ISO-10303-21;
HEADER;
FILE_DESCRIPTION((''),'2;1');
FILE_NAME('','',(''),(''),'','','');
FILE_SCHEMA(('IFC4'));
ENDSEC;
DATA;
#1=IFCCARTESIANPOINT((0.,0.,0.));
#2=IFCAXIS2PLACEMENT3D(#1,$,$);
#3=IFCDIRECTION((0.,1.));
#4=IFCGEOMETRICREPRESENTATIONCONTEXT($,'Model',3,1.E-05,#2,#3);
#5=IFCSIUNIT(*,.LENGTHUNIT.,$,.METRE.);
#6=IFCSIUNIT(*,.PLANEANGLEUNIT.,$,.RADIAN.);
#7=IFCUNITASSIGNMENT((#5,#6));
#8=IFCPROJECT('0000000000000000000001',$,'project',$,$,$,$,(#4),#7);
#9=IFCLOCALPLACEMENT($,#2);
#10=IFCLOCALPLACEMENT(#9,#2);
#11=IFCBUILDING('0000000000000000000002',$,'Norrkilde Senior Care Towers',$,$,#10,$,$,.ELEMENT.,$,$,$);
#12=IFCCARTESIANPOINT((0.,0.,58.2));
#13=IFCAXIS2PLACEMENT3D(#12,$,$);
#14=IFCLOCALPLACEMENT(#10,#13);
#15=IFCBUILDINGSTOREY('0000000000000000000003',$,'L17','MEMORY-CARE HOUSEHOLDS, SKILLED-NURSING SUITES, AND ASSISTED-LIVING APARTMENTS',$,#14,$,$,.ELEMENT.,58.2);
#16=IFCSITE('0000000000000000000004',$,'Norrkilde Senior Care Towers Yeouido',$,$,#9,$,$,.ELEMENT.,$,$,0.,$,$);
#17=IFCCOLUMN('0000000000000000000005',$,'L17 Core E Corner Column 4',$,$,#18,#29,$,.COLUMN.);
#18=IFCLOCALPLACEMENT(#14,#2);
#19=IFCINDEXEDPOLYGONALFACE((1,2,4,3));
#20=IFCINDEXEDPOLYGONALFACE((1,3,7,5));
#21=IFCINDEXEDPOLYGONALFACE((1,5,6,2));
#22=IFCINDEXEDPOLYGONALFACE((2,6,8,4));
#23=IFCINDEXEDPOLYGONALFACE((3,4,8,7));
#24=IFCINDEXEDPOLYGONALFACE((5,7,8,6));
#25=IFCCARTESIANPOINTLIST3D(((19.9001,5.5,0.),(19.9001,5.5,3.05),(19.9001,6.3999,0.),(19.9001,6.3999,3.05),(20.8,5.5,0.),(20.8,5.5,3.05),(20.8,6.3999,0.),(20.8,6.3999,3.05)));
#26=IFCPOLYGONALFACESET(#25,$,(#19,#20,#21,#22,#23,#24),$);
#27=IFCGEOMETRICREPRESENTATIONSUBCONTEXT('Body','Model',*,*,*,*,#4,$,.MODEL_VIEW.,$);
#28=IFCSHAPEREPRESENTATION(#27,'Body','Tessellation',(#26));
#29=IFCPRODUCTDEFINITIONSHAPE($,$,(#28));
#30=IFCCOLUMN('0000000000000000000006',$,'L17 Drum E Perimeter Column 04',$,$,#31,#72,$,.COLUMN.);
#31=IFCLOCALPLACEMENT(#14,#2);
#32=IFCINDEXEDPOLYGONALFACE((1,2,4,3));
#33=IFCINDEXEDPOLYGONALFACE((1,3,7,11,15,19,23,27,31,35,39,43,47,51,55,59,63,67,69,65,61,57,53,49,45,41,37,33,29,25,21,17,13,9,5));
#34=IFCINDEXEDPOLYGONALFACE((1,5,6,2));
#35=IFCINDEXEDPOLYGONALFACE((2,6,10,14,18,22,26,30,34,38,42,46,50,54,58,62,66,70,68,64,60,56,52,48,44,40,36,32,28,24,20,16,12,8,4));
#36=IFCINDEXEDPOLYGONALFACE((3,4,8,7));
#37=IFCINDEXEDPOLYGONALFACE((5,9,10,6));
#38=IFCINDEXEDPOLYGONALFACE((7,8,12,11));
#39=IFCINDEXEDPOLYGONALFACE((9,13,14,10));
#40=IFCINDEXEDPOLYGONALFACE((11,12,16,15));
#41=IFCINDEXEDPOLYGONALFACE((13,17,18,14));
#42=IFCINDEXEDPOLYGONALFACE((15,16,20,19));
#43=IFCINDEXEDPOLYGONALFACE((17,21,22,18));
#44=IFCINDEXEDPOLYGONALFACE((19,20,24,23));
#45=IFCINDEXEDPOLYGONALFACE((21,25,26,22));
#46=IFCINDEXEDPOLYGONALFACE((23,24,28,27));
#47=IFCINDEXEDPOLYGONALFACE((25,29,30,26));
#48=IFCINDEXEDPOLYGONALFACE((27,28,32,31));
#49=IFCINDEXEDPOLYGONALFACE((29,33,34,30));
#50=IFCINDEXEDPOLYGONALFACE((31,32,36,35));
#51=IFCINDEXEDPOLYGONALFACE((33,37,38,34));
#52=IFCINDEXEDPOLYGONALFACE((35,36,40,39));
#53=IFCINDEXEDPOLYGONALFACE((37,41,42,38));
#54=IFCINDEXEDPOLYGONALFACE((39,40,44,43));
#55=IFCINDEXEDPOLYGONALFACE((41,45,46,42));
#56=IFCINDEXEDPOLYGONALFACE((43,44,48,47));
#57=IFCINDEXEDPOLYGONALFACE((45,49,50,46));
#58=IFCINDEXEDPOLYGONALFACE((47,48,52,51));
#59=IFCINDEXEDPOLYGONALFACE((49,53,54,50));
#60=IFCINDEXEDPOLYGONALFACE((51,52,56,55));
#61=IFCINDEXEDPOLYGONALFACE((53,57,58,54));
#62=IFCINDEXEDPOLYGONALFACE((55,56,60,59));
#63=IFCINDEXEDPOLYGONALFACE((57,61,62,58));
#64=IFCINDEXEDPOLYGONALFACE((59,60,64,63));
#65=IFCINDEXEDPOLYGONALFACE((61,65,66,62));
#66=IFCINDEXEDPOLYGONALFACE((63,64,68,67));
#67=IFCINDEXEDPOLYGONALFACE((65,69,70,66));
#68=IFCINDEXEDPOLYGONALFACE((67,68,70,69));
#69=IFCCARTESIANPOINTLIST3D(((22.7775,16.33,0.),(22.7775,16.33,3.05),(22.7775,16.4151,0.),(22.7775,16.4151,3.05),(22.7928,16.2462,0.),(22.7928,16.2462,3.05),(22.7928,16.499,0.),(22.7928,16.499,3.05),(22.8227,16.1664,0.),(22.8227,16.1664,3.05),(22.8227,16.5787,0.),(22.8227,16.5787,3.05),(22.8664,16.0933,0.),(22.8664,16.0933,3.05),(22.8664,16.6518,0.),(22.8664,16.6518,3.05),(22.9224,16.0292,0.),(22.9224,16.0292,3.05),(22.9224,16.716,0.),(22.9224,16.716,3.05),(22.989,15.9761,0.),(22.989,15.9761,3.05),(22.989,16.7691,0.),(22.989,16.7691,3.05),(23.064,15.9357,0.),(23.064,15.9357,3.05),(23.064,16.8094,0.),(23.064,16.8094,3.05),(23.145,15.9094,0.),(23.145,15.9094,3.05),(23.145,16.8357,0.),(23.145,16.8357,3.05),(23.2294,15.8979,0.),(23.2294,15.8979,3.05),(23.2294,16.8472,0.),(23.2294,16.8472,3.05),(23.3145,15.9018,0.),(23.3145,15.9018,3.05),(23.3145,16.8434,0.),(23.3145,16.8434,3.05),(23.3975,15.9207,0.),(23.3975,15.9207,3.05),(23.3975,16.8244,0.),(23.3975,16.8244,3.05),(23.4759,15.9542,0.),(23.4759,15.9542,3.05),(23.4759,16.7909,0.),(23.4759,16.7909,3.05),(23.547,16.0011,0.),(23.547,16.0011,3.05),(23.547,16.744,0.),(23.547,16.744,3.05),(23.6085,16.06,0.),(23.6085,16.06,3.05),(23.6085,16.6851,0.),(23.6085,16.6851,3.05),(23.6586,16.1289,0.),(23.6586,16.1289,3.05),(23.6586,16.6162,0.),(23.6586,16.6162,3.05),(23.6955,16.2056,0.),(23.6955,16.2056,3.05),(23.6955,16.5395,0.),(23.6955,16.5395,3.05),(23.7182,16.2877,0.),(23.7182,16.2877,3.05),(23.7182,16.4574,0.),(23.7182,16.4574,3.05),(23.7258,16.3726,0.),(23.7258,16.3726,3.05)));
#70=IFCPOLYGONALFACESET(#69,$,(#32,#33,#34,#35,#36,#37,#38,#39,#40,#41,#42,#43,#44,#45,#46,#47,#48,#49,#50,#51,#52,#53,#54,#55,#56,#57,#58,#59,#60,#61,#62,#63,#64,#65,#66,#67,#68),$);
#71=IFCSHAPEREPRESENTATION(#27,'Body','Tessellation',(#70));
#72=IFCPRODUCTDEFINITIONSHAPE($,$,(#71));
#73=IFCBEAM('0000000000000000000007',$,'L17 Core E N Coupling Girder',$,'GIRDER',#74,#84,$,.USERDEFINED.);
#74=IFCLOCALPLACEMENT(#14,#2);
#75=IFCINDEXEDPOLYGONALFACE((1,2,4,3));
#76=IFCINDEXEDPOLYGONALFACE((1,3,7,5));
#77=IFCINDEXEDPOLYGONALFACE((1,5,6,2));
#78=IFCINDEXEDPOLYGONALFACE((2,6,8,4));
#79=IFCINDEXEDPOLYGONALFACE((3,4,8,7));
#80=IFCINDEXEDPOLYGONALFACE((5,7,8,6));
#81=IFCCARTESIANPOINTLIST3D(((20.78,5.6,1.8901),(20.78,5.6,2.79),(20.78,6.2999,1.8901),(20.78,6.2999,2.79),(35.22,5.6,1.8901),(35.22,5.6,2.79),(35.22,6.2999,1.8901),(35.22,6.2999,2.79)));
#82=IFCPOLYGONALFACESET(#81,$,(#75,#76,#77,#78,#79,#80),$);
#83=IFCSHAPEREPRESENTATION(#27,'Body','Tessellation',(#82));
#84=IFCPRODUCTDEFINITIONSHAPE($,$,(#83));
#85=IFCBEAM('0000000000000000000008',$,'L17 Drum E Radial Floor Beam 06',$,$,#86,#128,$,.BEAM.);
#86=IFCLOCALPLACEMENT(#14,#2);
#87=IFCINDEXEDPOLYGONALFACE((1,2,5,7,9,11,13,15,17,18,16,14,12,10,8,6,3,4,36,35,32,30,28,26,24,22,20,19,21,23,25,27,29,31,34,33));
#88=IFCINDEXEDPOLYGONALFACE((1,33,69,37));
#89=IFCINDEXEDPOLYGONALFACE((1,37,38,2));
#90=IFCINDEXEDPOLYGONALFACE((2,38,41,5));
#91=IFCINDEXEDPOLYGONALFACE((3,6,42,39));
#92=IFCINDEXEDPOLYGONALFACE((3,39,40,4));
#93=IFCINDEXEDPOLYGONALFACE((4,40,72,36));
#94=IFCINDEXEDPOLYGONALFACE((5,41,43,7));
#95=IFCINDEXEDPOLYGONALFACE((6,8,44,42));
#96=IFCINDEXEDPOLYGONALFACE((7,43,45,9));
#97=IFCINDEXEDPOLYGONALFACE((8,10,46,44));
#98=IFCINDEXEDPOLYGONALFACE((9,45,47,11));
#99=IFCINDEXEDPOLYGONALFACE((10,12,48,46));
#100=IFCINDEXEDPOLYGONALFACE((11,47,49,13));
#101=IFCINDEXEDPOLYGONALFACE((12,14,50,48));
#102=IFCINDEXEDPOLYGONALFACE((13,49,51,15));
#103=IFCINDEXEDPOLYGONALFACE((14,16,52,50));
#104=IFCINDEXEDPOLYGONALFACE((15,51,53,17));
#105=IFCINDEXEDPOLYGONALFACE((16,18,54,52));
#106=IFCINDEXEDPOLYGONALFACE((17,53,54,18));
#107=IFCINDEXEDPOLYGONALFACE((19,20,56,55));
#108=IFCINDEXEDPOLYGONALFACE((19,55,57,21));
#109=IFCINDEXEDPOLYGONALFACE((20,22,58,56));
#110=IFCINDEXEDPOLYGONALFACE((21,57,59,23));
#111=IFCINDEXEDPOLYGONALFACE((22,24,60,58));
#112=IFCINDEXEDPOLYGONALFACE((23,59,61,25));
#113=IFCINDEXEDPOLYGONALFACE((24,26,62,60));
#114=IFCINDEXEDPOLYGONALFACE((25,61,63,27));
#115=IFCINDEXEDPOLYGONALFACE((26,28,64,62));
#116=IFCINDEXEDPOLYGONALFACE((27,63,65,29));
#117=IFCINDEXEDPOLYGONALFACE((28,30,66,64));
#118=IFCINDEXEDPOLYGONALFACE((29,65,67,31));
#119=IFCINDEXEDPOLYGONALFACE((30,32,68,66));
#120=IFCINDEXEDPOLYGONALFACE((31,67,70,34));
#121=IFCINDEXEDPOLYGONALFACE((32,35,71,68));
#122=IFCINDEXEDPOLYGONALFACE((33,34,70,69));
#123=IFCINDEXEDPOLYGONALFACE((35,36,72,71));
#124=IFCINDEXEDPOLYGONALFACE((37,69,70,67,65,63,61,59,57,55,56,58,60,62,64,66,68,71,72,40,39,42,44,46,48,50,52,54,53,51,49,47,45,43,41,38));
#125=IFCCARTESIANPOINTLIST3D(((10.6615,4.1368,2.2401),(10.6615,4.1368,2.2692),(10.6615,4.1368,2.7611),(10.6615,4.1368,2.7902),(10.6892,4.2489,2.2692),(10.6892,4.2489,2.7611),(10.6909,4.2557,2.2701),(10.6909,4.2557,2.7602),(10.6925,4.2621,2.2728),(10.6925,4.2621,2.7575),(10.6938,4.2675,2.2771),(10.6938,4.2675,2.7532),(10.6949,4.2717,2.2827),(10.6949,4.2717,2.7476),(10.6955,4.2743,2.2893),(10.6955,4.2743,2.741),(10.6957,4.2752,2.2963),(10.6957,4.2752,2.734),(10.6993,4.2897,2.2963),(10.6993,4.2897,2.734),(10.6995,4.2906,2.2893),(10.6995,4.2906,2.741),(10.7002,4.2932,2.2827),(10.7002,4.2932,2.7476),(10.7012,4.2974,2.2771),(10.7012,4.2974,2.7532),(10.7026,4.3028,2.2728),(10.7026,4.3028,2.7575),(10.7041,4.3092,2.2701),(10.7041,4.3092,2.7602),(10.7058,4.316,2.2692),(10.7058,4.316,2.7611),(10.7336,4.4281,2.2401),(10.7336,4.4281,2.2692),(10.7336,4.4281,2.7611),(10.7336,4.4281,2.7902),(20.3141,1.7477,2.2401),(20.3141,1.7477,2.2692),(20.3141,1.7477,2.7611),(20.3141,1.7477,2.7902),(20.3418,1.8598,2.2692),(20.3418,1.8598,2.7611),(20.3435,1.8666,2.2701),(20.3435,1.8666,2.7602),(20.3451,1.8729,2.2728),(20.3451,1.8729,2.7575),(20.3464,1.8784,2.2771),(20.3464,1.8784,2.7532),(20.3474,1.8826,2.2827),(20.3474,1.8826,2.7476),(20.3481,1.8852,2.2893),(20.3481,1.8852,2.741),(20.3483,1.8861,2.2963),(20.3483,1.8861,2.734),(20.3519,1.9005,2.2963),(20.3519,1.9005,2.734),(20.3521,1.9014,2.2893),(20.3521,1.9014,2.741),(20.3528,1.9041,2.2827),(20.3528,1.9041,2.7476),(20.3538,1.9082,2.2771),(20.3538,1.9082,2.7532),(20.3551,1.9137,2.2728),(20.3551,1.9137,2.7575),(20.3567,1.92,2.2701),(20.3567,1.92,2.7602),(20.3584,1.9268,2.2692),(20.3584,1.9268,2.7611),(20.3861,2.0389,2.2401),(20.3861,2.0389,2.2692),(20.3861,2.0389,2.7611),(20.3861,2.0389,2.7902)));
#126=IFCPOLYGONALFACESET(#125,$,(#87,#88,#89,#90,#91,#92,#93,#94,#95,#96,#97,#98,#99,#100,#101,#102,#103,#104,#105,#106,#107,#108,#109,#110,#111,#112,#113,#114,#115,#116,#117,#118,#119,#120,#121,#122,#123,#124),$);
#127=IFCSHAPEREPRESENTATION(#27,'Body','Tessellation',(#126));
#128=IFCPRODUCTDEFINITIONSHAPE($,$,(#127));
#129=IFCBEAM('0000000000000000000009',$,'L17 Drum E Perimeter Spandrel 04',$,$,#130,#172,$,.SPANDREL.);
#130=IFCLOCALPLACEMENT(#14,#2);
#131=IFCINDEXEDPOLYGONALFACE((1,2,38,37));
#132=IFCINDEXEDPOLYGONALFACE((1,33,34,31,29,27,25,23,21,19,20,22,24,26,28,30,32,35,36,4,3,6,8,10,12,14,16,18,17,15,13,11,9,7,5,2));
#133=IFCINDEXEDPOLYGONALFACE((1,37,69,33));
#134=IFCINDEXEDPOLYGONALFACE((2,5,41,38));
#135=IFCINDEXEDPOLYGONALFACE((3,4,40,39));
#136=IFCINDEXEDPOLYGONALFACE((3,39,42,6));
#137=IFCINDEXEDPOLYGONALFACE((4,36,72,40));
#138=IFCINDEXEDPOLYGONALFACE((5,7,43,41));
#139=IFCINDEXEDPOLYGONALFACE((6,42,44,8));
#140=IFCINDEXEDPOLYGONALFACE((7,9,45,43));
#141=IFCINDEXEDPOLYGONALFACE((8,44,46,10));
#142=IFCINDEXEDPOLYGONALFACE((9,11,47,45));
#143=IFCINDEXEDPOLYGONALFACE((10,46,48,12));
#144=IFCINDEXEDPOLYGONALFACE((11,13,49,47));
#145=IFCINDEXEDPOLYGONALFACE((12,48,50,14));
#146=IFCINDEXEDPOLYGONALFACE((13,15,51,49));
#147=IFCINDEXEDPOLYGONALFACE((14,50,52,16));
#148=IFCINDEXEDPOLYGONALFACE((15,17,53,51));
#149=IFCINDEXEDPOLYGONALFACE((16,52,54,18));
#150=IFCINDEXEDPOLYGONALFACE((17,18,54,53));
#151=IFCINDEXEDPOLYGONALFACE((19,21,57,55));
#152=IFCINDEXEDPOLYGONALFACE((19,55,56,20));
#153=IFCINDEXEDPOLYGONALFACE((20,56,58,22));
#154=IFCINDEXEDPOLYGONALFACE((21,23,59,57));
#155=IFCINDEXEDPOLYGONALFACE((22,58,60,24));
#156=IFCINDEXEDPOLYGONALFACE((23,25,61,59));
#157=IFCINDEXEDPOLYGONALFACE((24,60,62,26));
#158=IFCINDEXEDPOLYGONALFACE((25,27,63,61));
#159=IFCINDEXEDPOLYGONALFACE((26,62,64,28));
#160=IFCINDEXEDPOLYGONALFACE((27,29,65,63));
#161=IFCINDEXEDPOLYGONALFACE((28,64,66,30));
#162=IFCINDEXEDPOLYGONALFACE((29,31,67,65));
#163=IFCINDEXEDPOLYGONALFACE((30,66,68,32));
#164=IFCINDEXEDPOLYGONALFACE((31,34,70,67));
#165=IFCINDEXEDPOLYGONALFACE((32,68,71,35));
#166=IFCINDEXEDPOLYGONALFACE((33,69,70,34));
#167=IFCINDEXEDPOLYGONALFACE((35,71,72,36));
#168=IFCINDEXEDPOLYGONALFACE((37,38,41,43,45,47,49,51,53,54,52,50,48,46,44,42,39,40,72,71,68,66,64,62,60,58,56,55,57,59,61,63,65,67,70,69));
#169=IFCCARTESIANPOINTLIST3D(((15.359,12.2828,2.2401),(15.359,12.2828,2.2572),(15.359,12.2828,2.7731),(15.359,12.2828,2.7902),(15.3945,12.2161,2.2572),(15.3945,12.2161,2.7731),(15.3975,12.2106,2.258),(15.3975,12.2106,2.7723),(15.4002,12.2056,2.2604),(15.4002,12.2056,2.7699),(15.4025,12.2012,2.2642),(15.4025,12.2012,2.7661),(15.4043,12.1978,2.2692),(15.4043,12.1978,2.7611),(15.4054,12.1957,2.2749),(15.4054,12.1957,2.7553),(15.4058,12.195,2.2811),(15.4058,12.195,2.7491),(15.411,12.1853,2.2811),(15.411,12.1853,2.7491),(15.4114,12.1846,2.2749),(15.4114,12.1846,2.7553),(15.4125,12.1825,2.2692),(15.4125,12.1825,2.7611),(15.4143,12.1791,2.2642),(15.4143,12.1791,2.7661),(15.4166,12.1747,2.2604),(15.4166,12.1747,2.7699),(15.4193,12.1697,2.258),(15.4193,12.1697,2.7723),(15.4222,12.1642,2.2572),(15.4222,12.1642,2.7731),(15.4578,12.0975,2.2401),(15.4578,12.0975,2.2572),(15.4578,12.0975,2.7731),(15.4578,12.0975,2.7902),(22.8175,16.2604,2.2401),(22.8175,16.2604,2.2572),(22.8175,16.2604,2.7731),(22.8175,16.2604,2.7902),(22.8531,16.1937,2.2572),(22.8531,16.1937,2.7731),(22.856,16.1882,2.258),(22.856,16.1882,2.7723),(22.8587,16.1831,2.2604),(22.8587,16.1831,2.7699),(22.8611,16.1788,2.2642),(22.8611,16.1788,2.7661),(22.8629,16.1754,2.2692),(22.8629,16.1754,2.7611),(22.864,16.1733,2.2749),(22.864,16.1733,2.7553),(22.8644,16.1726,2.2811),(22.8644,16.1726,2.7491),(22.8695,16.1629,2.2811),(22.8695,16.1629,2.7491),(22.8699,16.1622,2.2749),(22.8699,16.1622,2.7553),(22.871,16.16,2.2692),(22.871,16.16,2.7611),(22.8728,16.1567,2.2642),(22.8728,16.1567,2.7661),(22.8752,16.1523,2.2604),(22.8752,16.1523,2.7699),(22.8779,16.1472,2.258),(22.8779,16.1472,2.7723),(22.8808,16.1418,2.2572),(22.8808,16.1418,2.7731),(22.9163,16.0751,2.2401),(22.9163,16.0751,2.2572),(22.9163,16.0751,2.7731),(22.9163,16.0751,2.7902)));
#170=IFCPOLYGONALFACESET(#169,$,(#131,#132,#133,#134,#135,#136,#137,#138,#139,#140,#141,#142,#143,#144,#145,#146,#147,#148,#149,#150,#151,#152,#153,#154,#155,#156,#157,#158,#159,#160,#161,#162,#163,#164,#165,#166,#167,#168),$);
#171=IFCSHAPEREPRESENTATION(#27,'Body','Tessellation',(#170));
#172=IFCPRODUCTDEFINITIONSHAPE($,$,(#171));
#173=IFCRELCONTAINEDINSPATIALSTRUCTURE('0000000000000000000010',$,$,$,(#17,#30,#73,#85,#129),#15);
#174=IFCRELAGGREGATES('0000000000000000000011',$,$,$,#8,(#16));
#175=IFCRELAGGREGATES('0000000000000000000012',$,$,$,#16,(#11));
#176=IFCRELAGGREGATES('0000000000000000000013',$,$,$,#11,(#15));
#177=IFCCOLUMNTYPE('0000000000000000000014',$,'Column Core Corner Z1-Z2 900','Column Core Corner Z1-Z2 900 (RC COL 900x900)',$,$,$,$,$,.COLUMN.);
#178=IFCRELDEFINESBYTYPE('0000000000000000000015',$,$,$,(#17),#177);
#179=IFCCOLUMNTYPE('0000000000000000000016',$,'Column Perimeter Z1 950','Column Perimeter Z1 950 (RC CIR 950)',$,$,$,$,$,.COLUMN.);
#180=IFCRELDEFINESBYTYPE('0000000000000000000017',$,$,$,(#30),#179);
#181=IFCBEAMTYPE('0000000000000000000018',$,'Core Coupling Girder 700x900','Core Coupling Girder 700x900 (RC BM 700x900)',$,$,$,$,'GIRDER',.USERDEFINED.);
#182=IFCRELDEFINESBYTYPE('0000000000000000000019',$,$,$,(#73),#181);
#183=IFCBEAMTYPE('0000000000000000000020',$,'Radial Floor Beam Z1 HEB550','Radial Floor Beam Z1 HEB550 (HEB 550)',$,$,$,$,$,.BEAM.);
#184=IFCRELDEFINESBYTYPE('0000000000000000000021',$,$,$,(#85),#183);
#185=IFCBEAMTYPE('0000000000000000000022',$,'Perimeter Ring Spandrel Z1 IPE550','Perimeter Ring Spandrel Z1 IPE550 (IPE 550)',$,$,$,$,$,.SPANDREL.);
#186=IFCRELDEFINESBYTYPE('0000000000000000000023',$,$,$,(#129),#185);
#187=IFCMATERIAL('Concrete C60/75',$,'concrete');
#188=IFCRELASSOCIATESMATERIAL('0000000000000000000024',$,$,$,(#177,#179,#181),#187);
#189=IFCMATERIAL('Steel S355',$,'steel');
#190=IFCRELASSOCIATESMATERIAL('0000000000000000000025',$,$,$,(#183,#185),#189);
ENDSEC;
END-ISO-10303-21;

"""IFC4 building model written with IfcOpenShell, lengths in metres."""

from ifc_helpers import new_model, si_unit, direction, frame, origin, origin_2d, place, context, subcontext, project, spatial, rectangle, circle, i_section, extrude, source, transform, mapped, material, material_profile, profile_set, type_object, type_shapes, element, save


model = new_model("IFC4")

# Units and contexts
model_context = context("Model", 3, precision=1e-05, world=origin(), true_north=direction((0.0, 1.0)))
body_context = subcontext(model_context, "Body", "Model", "MODEL_VIEW")
ifc_project = project(units=[si_unit("LENGTHUNIT", "METRE"), si_unit("PLANEANGLEUNIT", "RADIAN")], contexts=[model_context])

# Site, building, storey
site_placement = place(None, origin())
site = spatial("IfcSite", under=ifc_project, at=site_placement, Name="Norrkilde Senior Care Towers Yeouido", CompositionType="ELEMENT", RefElevation=0.0)
building_placement = place(site_placement, origin())
building = spatial("IfcBuilding", under=site, at=building_placement, Name="Norrkilde Senior Care Towers", CompositionType="ELEMENT")
storey_placement = place(building_placement, frame((0.0, 0.0, 58.2)))
storey = spatial("IfcBuildingStorey", under=building, at=storey_placement, Name="L17", Description="MEMORY-CARE HOUSEHOLDS, SKILLED-NURSING SUITES, AND ASSISTED-LIVING APARTMENTS", CompositionType="ELEMENT", Elevation=58.2)

# Columns
ifc_material_1 = material(Name="Concrete C60/75", Category="concrete")
ifc_material_profile_1 = material_profile(ifc_material_1, rectangle(XDim=0.8999, YDim=0.8999, at=origin_2d()), Name="RC COL 900x900")
ifc_profile_set_1 = profile_set([ifc_material_profile_1], Name="Concrete C60/75")
column_type_1 = type_object("IfcColumnType", Name="Column Core Corner Z1-Z2 900", Description="Column Core Corner Z1-Z2 900 (RC COL 900x900)", PredefinedType="COLUMN", material=ifc_profile_set_1)
shared_shape_1 = source(origin(), body_context, "Body", "SweptSolid", [
    extrude(rectangle(XDim=0.8999, YDim=0.8999, at=origin_2d()), origin(), (0.0, 0.0, 1.0), 3.05),
])
type_shapes(column_type_1, [shared_shape_1])
column_1_placement = place(storey_placement, frame((20.3501, 5.95, 0.0), z_axis=(0.0, 0.0, 1.0), x_axis=(1.0, 0.0, 0.0)))
element("IfcColumn", 1, at=column_1_placement, inside=storey, type_object=column_type_1, Name="L17 Core E Corner Column 4", PredefinedType="COLUMN", context=body_context, shape_type="MappedRepresentation", body=[
    mapped(shared_shape_1, transform((0.0, 0.0, 0.0), x_axis=(1.0, 0.0, 0.0), y_axis=(0.0, 1.0, 0.0), z_axis=(0.0, 0.0, 1.0), scale=1.0)),
])
ifc_material_profile_2 = material_profile(ifc_material_1, circle(Radius=0.4751, at=origin_2d()), Name="RC CIR 950")
ifc_profile_set_2 = profile_set([ifc_material_profile_2], Name="Concrete C60/75")
column_type_2 = type_object("IfcColumnType", Name="Column Perimeter Z1 950", Description="Column Perimeter Z1 950 (RC CIR 950)", PredefinedType="COLUMN", material=ifc_profile_set_2)
shared_shape_2 = source(origin(), body_context, "Body", "SweptSolid", [
    extrude(circle(Radius=0.4751, at=origin_2d()), origin(), (0.0, 0.0, 1.0), 3.05),
])
type_shapes(column_type_2, [shared_shape_2])
column_2_placement = place(storey_placement, frame((23.2507, 16.3726, 0.0), z_axis=(0.0, 0.0, 1.0), x_axis=(1.0, 0.0, 0.0)))
element("IfcColumn", 2, at=column_2_placement, inside=storey, type_object=column_type_2, Name="L17 Drum E Perimeter Column 04", PredefinedType="COLUMN", context=body_context, shape_type="MappedRepresentation", body=[
    mapped(shared_shape_2, transform((0.0, 0.0, 0.0), x_axis=(1.0, 0.0, 0.0), y_axis=(0.0, 1.0, 0.0), z_axis=(0.0, 0.0, 1.0), scale=1.0)),
])

# Beams
ifc_material_profile_3 = material_profile(ifc_material_1, rectangle(XDim=0.7, YDim=0.8999, at=origin_2d()), Name="RC BM 700x900")
ifc_profile_set_3 = profile_set([ifc_material_profile_3], Name="Concrete C60/75")
beam_type_1 = type_object("IfcBeamType", Name="Core Coupling Girder 700x900", Description="Core Coupling Girder 700x900 (RC BM 700x900)", ElementType="GIRDER", PredefinedType="USERDEFINED", material=ifc_profile_set_3)
shared_shape_3 = source(origin(), body_context, "Body", "SweptSolid", [
    extrude(rectangle(XDim=0.7, YDim=0.8999, at=origin_2d()), origin(), (0.0, 0.0, 1.0), 14.4399),
])
type_shapes(beam_type_1, [shared_shape_3])
beam_1_placement = place(storey_placement, frame((20.78, 5.95, 2.3401), z_axis=(1.0, 0.0, 0.0), x_axis=(0.0, 1.0, 0.0)))
element("IfcBeam", 3, at=beam_1_placement, inside=storey, type_object=beam_type_1, Name="L17 Core E N Coupling Girder", ObjectType="GIRDER", PredefinedType="USERDEFINED", context=body_context, shape_type="MappedRepresentation", body=[
    mapped(shared_shape_3, transform((0.0, 0.0, 0.0), x_axis=(1.0, 0.0, 0.0), y_axis=(0.0, 1.0, 0.0), z_axis=(0.0, 0.0, 1.0), scale=1.0)),
])
ifc_material_2 = material(Name="Steel S355", Category="steel")
ifc_material_profile_4 = material_profile(ifc_material_2, i_section(OverallWidth=0.3, OverallDepth=0.55, WebThickness=0.0149, FlangeThickness=0.0291, FilletRadius=0.0271, at=origin_2d()), Name="HEB 550")
ifc_profile_set_4 = profile_set([ifc_material_profile_4], Name="Steel S355")
beam_type_2 = type_object("IfcBeamType", Name="Radial Floor Beam Z1 HEB550", Description="Radial Floor Beam Z1 HEB550 (HEB 550)", PredefinedType="BEAM", material=ifc_profile_set_4)
shared_shape_4 = source(origin(), body_context, "Body", "SweptSolid", [
    extrude(i_section(OverallWidth=0.3, OverallDepth=0.55, WebThickness=0.0149, FlangeThickness=0.0291, FilletRadius=0.0271, at=origin_2d()), origin(), (0.0, 0.0, 1.0), 9.9438),
])
beam_2_placement = place(storey_placement, frame((20.3501, 1.8933, 2.5151), z_axis=(-0.970707, 0.240265, 0.0), x_axis=(-0.240265, -0.970707, 0.0)))
element("IfcBeam", 4, at=beam_2_placement, inside=storey, type_object=beam_type_2, Name="L17 Drum E Radial Floor Beam 06", PredefinedType="BEAM", context=body_context, shape_type="MappedRepresentation", body=[
    mapped(shared_shape_4, transform((0.0, 0.0, 0.0), x_axis=(1.0, 0.0, 0.0), y_axis=(0.0, 1.0, 0.0), z_axis=(0.0, 0.0, 1.0), scale=1.0)),
])
ifc_material_profile_5 = material_profile(ifc_material_2, i_section(OverallWidth=0.21, OverallDepth=0.55, WebThickness=0.011, FlangeThickness=0.0171, FilletRadius=0.0239, at=origin_2d()), Name="IPE 550")
ifc_profile_set_5 = profile_set([ifc_material_profile_5], Name="Steel S355")
beam_type_3 = type_object("IfcBeamType", Name="Perimeter Ring Spandrel Z1 IPE550", Description="Perimeter Ring Spandrel Z1 IPE550 (IPE 550)", PredefinedType="SPANDREL", material=ifc_profile_set_5)
shared_shape_5 = source(origin(), body_context, "Body", "SweptSolid", [
    extrude(i_section(OverallWidth=0.21, OverallDepth=0.55, WebThickness=0.011, FlangeThickness=0.0171, FilletRadius=0.0239, at=origin_2d()), origin(), (0.0, 0.0, 1.0), 8.4529),
])
type_shapes(beam_type_3, [shared_shape_5])
beam_3_placement = place(storey_placement, frame((22.8669, 16.1677, 2.5151), z_axis=(-0.882369, -0.470558, 0.0), x_axis=(0.470558, -0.882369, 0.0)))
element("IfcBeam", 5, at=beam_3_placement, inside=storey, type_object=beam_type_3, Name="L17 Drum E Perimeter Spandrel 04", PredefinedType="SPANDREL", context=body_context, shape_type="MappedRepresentation", body=[
    mapped(shared_shape_5, transform((0.0, 0.0, 0.0), x_axis=(1.0, 0.0, 0.0), y_axis=(0.0, 1.0, 0.0), z_axis=(0.0, 0.0, 1.0), scale=1.0)),
])

save(model, "model.ifc")
